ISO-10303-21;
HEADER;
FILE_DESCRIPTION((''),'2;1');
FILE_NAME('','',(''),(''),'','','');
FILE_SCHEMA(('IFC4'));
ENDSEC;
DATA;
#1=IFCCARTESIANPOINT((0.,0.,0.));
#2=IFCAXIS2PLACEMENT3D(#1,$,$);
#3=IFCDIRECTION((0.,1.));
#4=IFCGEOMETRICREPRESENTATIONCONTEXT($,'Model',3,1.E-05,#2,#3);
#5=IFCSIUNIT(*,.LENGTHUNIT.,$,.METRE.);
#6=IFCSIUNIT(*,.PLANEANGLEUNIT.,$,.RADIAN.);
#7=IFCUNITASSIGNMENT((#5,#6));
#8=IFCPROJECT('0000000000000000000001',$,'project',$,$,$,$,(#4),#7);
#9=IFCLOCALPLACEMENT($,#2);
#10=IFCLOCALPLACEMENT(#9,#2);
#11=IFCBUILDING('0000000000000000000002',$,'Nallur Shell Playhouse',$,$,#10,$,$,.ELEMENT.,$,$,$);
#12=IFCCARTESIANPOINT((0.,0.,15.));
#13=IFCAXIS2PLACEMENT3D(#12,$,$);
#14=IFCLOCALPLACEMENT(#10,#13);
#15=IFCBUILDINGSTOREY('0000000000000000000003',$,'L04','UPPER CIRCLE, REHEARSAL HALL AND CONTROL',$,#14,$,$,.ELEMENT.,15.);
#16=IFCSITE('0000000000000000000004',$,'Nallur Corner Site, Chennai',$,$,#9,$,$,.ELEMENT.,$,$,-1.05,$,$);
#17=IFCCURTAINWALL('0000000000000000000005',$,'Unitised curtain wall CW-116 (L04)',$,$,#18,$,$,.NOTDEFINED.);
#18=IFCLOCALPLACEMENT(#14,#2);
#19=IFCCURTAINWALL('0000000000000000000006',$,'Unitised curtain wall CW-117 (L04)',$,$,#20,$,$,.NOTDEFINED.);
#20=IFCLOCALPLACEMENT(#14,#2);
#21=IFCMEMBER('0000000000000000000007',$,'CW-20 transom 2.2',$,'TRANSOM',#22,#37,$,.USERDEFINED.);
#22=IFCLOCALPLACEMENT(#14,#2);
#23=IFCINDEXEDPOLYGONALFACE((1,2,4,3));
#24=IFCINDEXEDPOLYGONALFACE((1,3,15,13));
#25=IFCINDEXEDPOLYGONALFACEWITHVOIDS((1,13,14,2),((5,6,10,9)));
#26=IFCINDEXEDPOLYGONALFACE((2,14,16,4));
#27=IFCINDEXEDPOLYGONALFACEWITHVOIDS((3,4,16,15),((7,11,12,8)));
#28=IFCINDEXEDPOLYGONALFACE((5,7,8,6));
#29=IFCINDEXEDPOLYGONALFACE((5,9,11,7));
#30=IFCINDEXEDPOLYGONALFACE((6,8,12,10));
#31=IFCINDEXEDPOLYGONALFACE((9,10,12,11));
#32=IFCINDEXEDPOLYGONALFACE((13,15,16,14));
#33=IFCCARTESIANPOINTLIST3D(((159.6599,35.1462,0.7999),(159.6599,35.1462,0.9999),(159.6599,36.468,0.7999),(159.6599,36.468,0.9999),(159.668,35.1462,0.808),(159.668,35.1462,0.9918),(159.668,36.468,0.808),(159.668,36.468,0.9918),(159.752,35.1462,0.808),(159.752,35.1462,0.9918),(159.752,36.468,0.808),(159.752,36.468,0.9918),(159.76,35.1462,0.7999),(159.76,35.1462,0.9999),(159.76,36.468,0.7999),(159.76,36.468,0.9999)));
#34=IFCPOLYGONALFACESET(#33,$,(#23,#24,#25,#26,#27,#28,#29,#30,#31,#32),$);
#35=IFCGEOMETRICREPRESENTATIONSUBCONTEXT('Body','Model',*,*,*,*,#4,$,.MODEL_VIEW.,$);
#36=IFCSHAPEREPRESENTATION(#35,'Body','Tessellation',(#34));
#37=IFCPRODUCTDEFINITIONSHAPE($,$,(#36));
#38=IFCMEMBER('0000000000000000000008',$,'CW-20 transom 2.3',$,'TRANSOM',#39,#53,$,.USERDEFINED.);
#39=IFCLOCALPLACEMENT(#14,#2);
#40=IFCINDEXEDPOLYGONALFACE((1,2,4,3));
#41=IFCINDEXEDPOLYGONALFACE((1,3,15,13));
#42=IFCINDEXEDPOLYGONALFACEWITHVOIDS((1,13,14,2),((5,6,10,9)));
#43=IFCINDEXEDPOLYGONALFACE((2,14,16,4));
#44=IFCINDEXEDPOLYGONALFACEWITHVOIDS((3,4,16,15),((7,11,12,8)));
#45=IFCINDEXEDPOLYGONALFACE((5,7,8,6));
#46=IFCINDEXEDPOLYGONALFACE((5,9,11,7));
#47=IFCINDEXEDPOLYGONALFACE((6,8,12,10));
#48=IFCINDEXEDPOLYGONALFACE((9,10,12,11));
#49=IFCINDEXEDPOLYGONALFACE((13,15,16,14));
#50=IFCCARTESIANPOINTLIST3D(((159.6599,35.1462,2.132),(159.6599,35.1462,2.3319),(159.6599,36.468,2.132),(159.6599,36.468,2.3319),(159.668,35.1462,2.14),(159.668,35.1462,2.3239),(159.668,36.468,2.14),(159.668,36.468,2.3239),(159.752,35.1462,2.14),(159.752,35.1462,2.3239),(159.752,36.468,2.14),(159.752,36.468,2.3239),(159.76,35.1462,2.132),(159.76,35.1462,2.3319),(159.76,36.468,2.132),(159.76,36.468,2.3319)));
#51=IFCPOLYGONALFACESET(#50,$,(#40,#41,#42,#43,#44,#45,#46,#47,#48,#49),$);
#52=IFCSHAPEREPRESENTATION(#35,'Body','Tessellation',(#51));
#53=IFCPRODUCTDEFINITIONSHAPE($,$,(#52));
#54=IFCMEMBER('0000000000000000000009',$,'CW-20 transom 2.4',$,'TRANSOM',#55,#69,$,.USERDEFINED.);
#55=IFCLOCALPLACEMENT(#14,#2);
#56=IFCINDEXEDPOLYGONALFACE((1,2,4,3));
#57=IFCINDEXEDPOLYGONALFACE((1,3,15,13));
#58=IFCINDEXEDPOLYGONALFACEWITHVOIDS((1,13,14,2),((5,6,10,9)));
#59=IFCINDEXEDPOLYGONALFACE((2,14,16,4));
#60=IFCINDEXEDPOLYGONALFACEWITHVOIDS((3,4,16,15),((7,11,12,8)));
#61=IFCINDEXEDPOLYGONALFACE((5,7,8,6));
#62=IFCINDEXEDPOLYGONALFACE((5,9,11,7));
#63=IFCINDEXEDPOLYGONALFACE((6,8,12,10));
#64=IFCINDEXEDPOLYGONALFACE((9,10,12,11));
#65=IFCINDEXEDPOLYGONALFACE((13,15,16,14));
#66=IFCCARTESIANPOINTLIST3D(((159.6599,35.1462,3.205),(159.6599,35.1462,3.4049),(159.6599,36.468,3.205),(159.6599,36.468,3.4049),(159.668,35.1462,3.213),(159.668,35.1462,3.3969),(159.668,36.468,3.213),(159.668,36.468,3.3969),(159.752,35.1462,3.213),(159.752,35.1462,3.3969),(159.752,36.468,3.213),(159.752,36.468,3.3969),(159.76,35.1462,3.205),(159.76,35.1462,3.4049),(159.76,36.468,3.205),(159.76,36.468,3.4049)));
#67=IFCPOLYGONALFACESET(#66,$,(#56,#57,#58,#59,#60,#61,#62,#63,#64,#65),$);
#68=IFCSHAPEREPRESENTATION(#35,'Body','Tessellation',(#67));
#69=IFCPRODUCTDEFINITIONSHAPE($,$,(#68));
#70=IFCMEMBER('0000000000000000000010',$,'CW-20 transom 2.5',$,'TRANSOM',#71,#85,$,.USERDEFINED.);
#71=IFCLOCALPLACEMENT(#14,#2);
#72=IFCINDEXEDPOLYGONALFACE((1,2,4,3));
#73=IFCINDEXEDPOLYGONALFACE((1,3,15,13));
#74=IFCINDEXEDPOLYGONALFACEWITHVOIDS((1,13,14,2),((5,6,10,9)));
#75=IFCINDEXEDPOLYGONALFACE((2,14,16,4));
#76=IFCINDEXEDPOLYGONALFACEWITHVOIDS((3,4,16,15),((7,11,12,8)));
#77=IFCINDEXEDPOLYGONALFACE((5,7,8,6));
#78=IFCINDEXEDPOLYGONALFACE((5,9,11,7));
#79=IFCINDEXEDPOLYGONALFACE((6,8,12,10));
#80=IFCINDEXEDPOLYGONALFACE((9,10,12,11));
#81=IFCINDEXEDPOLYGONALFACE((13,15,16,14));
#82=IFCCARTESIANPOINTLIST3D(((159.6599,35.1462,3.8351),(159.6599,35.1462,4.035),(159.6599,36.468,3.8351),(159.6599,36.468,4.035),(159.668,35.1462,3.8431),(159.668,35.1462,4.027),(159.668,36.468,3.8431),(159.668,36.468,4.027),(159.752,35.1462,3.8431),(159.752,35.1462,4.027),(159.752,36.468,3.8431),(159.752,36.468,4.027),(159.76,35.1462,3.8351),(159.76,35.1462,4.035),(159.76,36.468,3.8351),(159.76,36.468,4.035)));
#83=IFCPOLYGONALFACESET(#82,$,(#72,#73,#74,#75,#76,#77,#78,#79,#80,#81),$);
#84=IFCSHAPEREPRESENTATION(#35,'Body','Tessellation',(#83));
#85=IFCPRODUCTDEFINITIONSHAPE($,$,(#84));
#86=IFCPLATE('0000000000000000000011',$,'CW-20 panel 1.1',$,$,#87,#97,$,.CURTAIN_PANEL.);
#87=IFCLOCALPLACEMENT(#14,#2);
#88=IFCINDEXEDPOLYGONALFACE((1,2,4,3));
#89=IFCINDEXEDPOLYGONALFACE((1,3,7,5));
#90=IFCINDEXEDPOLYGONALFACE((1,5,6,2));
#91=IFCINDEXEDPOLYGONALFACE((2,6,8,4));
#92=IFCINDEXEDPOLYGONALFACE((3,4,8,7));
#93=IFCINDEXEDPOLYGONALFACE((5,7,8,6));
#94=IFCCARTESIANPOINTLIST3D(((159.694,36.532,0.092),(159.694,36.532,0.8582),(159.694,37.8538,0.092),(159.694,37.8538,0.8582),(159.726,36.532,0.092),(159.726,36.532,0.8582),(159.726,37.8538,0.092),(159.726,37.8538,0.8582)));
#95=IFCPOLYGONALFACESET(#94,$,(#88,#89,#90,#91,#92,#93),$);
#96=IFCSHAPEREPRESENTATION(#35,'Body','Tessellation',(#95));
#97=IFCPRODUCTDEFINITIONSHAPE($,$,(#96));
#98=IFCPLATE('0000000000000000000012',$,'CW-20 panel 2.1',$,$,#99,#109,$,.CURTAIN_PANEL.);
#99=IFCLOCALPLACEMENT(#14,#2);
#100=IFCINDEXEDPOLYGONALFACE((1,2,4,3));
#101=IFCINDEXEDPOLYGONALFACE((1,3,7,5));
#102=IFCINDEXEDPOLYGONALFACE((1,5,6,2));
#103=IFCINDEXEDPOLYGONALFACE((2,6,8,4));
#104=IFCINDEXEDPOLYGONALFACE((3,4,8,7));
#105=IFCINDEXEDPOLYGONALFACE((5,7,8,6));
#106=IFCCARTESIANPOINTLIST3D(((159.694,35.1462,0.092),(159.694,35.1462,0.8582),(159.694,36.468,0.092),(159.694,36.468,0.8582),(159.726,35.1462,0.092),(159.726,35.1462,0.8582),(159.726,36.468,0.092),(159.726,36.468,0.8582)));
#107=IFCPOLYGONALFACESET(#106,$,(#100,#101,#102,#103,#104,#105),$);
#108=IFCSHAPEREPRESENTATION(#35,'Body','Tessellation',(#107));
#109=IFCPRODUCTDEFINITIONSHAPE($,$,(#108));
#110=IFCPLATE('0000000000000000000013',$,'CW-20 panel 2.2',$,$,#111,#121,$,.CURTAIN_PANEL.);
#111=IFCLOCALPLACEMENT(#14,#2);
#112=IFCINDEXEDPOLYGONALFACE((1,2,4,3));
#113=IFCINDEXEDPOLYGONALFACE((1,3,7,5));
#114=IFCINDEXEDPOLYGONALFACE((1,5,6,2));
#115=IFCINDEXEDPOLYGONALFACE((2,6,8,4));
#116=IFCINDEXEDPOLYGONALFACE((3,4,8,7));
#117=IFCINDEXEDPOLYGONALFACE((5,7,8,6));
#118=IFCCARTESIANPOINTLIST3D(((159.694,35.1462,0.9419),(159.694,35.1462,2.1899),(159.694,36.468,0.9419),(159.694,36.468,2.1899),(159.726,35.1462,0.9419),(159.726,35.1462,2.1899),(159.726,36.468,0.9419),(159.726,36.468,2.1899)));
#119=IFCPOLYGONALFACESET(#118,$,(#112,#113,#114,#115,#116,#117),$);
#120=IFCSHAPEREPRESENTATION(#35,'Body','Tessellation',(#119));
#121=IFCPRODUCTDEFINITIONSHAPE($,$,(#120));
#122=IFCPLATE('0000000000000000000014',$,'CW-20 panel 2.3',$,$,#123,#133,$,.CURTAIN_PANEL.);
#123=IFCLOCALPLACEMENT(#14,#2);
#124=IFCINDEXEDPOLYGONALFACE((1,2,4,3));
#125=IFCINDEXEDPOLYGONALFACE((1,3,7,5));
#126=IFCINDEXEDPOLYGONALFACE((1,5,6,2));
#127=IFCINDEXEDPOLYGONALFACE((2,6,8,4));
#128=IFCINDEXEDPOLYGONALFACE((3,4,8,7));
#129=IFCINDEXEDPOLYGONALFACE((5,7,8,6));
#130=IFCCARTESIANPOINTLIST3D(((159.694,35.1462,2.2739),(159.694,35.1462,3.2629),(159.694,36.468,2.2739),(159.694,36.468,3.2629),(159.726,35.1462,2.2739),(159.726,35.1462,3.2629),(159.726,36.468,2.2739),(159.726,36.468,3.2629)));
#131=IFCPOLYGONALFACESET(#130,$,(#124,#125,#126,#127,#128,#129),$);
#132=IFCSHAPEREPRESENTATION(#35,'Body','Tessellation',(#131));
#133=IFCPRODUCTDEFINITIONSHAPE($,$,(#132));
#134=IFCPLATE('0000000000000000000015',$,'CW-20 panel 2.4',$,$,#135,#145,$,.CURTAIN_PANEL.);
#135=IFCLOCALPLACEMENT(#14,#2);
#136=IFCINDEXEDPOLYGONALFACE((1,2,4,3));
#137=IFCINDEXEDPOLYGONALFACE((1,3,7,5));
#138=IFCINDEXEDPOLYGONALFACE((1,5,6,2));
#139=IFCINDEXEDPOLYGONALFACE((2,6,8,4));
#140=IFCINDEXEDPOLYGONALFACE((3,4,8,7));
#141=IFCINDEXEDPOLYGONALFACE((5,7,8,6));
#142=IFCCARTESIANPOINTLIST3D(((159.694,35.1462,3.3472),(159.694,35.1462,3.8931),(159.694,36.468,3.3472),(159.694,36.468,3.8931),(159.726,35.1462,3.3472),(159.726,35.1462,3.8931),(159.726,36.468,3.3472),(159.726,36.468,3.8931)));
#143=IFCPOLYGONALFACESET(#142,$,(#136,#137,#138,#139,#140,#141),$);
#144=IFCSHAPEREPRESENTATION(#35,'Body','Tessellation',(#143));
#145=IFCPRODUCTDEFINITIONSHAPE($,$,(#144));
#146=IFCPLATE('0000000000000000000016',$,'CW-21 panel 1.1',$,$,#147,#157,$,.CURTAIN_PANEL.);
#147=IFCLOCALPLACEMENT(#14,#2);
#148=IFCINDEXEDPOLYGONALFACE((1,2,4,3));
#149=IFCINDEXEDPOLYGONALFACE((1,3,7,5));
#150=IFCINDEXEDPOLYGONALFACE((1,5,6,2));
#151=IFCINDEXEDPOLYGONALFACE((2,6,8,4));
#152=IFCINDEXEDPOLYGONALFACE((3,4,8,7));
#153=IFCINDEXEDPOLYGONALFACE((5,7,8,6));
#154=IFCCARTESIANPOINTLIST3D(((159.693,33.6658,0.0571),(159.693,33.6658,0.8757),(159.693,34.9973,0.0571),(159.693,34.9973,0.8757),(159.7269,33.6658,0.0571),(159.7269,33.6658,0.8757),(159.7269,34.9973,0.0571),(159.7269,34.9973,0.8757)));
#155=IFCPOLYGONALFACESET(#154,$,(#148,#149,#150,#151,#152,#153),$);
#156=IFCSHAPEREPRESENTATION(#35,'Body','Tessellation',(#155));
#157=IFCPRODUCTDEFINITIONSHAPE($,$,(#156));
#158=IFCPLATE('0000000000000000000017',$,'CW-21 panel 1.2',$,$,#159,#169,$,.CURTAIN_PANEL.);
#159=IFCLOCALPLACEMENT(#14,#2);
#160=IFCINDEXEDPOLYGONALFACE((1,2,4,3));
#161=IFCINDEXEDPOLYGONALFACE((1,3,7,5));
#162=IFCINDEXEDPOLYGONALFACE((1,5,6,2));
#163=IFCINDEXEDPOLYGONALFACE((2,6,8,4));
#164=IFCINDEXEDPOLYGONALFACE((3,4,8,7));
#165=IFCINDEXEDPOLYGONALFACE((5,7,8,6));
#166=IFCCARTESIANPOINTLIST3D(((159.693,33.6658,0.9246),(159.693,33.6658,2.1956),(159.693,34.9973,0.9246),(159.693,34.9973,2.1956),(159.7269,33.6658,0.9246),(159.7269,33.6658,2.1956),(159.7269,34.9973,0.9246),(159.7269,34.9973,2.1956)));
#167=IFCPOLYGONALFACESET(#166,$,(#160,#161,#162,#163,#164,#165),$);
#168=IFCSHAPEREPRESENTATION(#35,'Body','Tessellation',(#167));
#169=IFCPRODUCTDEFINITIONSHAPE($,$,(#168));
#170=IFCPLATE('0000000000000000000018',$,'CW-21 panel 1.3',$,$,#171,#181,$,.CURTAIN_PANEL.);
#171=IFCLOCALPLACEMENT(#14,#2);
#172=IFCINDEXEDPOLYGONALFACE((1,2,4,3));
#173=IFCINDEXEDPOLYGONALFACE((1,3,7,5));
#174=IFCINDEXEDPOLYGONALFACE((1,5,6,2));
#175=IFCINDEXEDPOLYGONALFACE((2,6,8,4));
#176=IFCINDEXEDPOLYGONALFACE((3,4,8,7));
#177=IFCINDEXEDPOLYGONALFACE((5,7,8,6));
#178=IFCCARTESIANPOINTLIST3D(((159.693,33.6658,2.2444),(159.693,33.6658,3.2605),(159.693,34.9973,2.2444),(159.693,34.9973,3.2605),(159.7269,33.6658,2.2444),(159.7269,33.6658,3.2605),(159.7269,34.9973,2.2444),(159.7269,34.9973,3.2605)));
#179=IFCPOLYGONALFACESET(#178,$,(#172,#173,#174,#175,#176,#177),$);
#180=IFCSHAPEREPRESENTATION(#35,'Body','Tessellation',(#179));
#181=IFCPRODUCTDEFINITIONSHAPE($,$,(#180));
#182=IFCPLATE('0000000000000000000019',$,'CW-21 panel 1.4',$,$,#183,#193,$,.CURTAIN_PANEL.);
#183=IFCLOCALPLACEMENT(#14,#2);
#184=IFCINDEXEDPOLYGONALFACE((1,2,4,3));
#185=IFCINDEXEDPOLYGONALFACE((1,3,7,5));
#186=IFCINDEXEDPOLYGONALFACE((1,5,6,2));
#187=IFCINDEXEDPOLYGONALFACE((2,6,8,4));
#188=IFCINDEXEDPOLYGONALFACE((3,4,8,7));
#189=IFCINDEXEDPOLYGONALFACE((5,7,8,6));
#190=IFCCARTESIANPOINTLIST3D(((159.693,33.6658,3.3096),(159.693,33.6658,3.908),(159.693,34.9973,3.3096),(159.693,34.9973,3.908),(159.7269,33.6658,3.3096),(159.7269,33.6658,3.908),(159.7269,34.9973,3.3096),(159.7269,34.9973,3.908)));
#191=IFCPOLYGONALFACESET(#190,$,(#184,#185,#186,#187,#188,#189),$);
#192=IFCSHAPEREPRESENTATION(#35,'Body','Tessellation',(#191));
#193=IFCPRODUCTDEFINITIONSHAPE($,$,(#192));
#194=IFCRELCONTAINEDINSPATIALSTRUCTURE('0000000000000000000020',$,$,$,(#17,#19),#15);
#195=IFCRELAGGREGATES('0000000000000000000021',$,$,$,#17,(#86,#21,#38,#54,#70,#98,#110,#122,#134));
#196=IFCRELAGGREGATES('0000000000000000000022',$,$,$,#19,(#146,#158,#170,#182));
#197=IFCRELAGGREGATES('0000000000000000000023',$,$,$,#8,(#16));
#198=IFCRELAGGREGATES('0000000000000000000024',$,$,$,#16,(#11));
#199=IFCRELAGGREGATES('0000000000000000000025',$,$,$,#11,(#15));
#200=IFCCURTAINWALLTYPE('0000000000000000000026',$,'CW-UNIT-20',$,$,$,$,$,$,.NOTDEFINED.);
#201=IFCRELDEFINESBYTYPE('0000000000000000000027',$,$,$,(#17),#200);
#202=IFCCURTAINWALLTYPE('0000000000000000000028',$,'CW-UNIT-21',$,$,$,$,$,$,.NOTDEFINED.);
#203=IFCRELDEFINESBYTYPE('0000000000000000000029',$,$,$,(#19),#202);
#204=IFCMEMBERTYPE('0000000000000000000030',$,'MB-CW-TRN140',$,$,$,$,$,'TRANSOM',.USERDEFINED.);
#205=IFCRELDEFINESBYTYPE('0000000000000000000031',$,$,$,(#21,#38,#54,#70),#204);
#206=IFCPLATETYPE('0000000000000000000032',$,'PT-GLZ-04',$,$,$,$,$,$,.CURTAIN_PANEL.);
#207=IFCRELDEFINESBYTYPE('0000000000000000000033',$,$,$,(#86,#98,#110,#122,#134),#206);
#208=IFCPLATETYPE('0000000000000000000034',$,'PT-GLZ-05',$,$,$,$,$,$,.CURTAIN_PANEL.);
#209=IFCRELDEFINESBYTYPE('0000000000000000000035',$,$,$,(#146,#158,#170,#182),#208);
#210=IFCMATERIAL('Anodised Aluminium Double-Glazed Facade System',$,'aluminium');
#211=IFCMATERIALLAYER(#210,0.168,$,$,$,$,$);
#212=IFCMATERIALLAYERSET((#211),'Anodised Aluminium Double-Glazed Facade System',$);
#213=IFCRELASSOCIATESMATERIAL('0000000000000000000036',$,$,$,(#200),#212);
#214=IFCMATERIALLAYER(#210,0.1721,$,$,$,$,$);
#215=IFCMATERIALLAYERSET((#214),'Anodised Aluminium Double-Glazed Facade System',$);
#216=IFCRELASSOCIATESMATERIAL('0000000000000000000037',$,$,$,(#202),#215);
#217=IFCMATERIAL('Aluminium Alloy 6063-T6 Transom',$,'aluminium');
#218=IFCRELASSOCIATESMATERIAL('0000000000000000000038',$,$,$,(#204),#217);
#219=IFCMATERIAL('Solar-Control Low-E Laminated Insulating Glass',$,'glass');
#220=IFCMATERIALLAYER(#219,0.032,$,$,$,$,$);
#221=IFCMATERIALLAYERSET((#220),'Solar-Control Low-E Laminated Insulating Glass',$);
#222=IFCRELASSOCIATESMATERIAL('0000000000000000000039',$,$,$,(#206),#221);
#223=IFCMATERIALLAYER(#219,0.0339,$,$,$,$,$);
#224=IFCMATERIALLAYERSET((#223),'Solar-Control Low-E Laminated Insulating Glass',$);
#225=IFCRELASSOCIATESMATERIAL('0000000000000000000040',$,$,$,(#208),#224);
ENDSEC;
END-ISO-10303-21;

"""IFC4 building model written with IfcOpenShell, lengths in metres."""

from ifc_helpers import new_model, si_unit, direction, frame, origin, origin_2d, place, context, subcontext, project, spatial, rectangle, hollow_rectangle, extrude, material, layer, layer_set, material_profile, profile_set, type_object, element, aggregate, save


model = new_model("IFC4")

# Units and contexts
model_context = context("Model", 3, precision=1e-05, world=origin(), true_north=direction((0.0, 1.0)))
body_context = subcontext(model_context, "Body", "Model", "MODEL_VIEW")
ifc_project = project(units=[si_unit("LENGTHUNIT", "METRE"), si_unit("PLANEANGLEUNIT", "RADIAN")], contexts=[model_context])

# Site, building, storey
site_placement = place(None, origin())
site = spatial("IfcSite", under=ifc_project, at=site_placement, Name="Nallur Corner Site, Chennai", CompositionType="ELEMENT", RefElevation=-1.05)
building_placement = place(site_placement, origin())
building = spatial("IfcBuilding", under=site, at=building_placement, Name="Nallur Shell Playhouse", CompositionType="ELEMENT")
storey_placement = place(building_placement, frame((0.0, 0.0, 15.0)))
storey = spatial("IfcBuildingStorey", under=building, at=storey_placement, Name="L04", Description="UPPER CIRCLE, REHEARSAL HALL AND CONTROL", CompositionType="ELEMENT", Elevation=15.0)

# Curtain walls
ifc_material_1 = material(Name="Anodised Aluminium Double-Glazed Facade System", Category="aluminium")
ifc_layer_1 = layer(ifc_material_1, 0.168)
ifc_layer_set_1 = layer_set([ifc_layer_1], Name="Anodised Aluminium Double-Glazed Facade System")
curtain_wall_type_1 = type_object("IfcCurtainWallType", Name="CW-UNIT-20", PredefinedType="NOTDEFINED", material=ifc_layer_set_1)
curtain_wall_1_placement = place(storey_placement, origin())
curtain_wall_1 = element("IfcCurtainWall", 1, at=curtain_wall_1_placement, inside=storey, type_object=curtain_wall_type_1, Name="Unitised curtain wall CW-116 (L04)", PredefinedType="NOTDEFINED")
ifc_layer_2 = layer(ifc_material_1, 0.1721)
ifc_layer_set_2 = layer_set([ifc_layer_2], Name="Anodised Aluminium Double-Glazed Facade System")
curtain_wall_type_2 = type_object("IfcCurtainWallType", Name="CW-UNIT-21", PredefinedType="NOTDEFINED", material=ifc_layer_set_2)
curtain_wall_2_placement = place(storey_placement, origin())
curtain_wall_2 = element("IfcCurtainWall", 2, at=curtain_wall_2_placement, inside=storey, type_object=curtain_wall_type_2, Name="Unitised curtain wall CW-117 (L04)", PredefinedType="NOTDEFINED")
ifc_material_2 = material(Name="Aluminium Alloy 6063-T6 Transom", Category="aluminium")

# Members
ifc_material_profile_1 = material_profile(ifc_material_2, hollow_rectangle(XDim=0.1001, YDim=0.2, WallThickness=0.0081, at=origin_2d()), Name="RHS 200x100x8")
ifc_profile_set_1 = profile_set([ifc_material_profile_1], Name="Aluminium Alloy 6063-T6 Transom")
member_type_1 = type_object("IfcMemberType", Name="MB-CW-TRN140", ElementType="TRANSOM", PredefinedType="USERDEFINED", material=ifc_profile_set_1)
member_1_placement = place(storey_placement, frame((159.71, 36.468, 0.8999), z_axis=(0.0, -1.0, 0.0), x_axis=(1.0, 0.0, 0.0)))
member_1 = element("IfcMember", 3, at=member_1_placement, type_object=member_type_1, Name="CW-20 transom 2.2", ObjectType="TRANSOM", PredefinedType="USERDEFINED", context=body_context, shape_type="SweptSolid", body=[
    extrude(hollow_rectangle(XDim=0.1001, YDim=0.2, WallThickness=0.0081, at=origin_2d()), origin(), (0.0, 0.0, 1.0), 1.3218),
])
member_2_placement = place(storey_placement, frame((159.71, 36.468, 2.2319), z_axis=(0.0, -1.0, 0.0), x_axis=(1.0, 0.0, 0.0)))
member_2 = element("IfcMember", 4, at=member_2_placement, type_object=member_type_1, Name="CW-20 transom 2.3", ObjectType="TRANSOM", PredefinedType="USERDEFINED", context=body_context, shape_type="SweptSolid", body=[
    extrude(hollow_rectangle(XDim=0.1001, YDim=0.2, WallThickness=0.0081, at=origin_2d()), origin(), (0.0, 0.0, 1.0), 1.3218),
])
member_3_placement = place(storey_placement, frame((159.71, 36.468, 3.3049), z_axis=(0.0, -1.0, 0.0), x_axis=(1.0, 0.0, 0.0)))
member_3 = element("IfcMember", 5, at=member_3_placement, type_object=member_type_1, Name="CW-20 transom 2.4", ObjectType="TRANSOM", PredefinedType="USERDEFINED", context=body_context, shape_type="SweptSolid", body=[
    extrude(hollow_rectangle(XDim=0.1001, YDim=0.2, WallThickness=0.0081, at=origin_2d()), origin(), (0.0, 0.0, 1.0), 1.3218),
])
member_4_placement = place(storey_placement, frame((159.71, 36.468, 3.9351), z_axis=(0.0, -1.0, 0.0), x_axis=(1.0, 0.0, 0.0)))
member_4 = element("IfcMember", 6, at=member_4_placement, type_object=member_type_1, Name="CW-20 transom 2.5", ObjectType="TRANSOM", PredefinedType="USERDEFINED", context=body_context, shape_type="SweptSolid", body=[
    extrude(hollow_rectangle(XDim=0.1001, YDim=0.2, WallThickness=0.0081, at=origin_2d()), origin(), (0.0, 0.0, 1.0), 1.3218),
])

# Plates
ifc_material_3 = material(Name="Solar-Control Low-E Laminated Insulating Glass", Category="glass")
ifc_layer_3 = layer(ifc_material_3, 0.032)
ifc_layer_set_3 = layer_set([ifc_layer_3], Name="Solar-Control Low-E Laminated Insulating Glass")
plate_type_1 = type_object("IfcPlateType", Name="PT-GLZ-04", PredefinedType="CURTAIN_PANEL", material=ifc_layer_set_3)
plate_1_placement = place(storey_placement, frame((159.71, 37.1929, 0.092), z_axis=(0.0, 0.0, 1.0), x_axis=(0.0, -1.0, 0.0)))
plate_1 = element("IfcPlate", 7, at=plate_1_placement, type_object=plate_type_1, Name="CW-20 panel 1.1", PredefinedType="CURTAIN_PANEL", context=body_context, shape_type="SweptSolid", body=[
    extrude(rectangle(XDim=1.3218, YDim=0.032, at=origin_2d()), origin(), (0.0, 0.0, 1.0), 0.7661),
])
plate_2_placement = place(storey_placement, frame((159.71, 35.8071, 0.092), z_axis=(0.0, 0.0, 1.0), x_axis=(0.0, -1.0, 0.0)))
plate_2 = element("IfcPlate", 8, at=plate_2_placement, type_object=plate_type_1, Name="CW-20 panel 2.1", PredefinedType="CURTAIN_PANEL", context=body_context, shape_type="SweptSolid", body=[
    extrude(rectangle(XDim=1.3218, YDim=0.032, at=origin_2d()), origin(), (0.0, 0.0, 1.0), 0.7661),
])
plate_3_placement = place(storey_placement, frame((159.71, 35.8071, 0.9419), z_axis=(0.0, 0.0, 1.0), x_axis=(0.0, -1.0, 0.0)))
plate_3 = element("IfcPlate", 9, at=plate_3_placement, type_object=plate_type_1, Name="CW-20 panel 2.2", PredefinedType="CURTAIN_PANEL", context=body_context, shape_type="SweptSolid", body=[
    extrude(rectangle(XDim=1.3218, YDim=0.032, at=origin_2d()), origin(), (0.0, 0.0, 1.0), 1.248),
])
plate_4_placement = place(storey_placement, frame((159.71, 35.8071, 2.2739), z_axis=(0.0, 0.0, 1.0), x_axis=(0.0, -1.0, 0.0)))
plate_4 = element("IfcPlate", 10, at=plate_4_placement, type_object=plate_type_1, Name="CW-20 panel 2.3", PredefinedType="CURTAIN_PANEL", context=body_context, shape_type="SweptSolid", body=[
    extrude(rectangle(XDim=1.3218, YDim=0.032, at=origin_2d()), origin(), (0.0, 0.0, 1.0), 0.989),
])
plate_5_placement = place(storey_placement, frame((159.71, 35.8071, 3.3472), z_axis=(0.0, 0.0, 1.0), x_axis=(0.0, -1.0, 0.0)))
plate_5 = element("IfcPlate", 11, at=plate_5_placement, type_object=plate_type_1, Name="CW-20 panel 2.4", PredefinedType="CURTAIN_PANEL", context=body_context, shape_type="SweptSolid", body=[
    extrude(rectangle(XDim=1.3218, YDim=0.032, at=origin_2d()), origin(), (0.0, 0.0, 1.0), 0.5459),
])
aggregate(curtain_wall_1, [plate_1, member_1, member_2, member_3, member_4, plate_2, plate_3, plate_4, plate_5])
ifc_layer_4 = layer(ifc_material_3, 0.0339)
ifc_layer_set_4 = layer_set([ifc_layer_4], Name="Solar-Control Low-E Laminated Insulating Glass")
plate_type_2 = type_object("IfcPlateType", Name="PT-GLZ-05", PredefinedType="CURTAIN_PANEL", material=ifc_layer_set_4)
plate_6_placement = place(storey_placement, frame((159.71, 34.3315, 0.0571), z_axis=(0.0, 0.0, 1.0), x_axis=(0.0, -1.0, 0.0)))
plate_6 = element("IfcPlate", 12, at=plate_6_placement, type_object=plate_type_2, Name="CW-21 panel 1.1", PredefinedType="CURTAIN_PANEL", context=body_context, shape_type="SweptSolid", body=[
    extrude(rectangle(XDim=1.3315, YDim=0.0339, at=origin_2d()), origin(), (0.0, 0.0, 1.0), 0.8186),
])
plate_7_placement = place(storey_placement, frame((159.71, 34.3315, 0.9246), z_axis=(0.0, 0.0, 1.0), x_axis=(0.0, -1.0, 0.0)))
plate_7 = element("IfcPlate", 13, at=plate_7_placement, type_object=plate_type_2, Name="CW-21 panel 1.2", PredefinedType="CURTAIN_PANEL", context=body_context, shape_type="SweptSolid", body=[
    extrude(rectangle(XDim=1.3315, YDim=0.0339, at=origin_2d()), origin(), (0.0, 0.0, 1.0), 1.271),
])
plate_8_placement = place(storey_placement, frame((159.71, 34.3315, 2.2444), z_axis=(0.0, 0.0, 1.0), x_axis=(0.0, -1.0, 0.0)))
plate_8 = element("IfcPlate", 14, at=plate_8_placement, type_object=plate_type_2, Name="CW-21 panel 1.3", PredefinedType="CURTAIN_PANEL", context=body_context, shape_type="SweptSolid", body=[
    extrude(rectangle(XDim=1.3315, YDim=0.0339, at=origin_2d()), origin(), (0.0, 0.0, 1.0), 1.0161),
])
plate_9_placement = place(storey_placement, frame((159.71, 34.3315, 3.3096), z_axis=(0.0, 0.0, 1.0), x_axis=(0.0, -1.0, 0.0)))
plate_9 = element("IfcPlate", 15, at=plate_9_placement, type_object=plate_type_2, Name="CW-21 panel 1.4", PredefinedType="CURTAIN_PANEL", context=body_context, shape_type="SweptSolid", body=[
    extrude(rectangle(XDim=1.3315, YDim=0.0339, at=origin_2d()), origin(), (0.0, 0.0, 1.0), 0.5984),
])
aggregate(curtain_wall_2, [plate_6, plate_7, plate_8, plate_9])

save(model, "model.ifc")
